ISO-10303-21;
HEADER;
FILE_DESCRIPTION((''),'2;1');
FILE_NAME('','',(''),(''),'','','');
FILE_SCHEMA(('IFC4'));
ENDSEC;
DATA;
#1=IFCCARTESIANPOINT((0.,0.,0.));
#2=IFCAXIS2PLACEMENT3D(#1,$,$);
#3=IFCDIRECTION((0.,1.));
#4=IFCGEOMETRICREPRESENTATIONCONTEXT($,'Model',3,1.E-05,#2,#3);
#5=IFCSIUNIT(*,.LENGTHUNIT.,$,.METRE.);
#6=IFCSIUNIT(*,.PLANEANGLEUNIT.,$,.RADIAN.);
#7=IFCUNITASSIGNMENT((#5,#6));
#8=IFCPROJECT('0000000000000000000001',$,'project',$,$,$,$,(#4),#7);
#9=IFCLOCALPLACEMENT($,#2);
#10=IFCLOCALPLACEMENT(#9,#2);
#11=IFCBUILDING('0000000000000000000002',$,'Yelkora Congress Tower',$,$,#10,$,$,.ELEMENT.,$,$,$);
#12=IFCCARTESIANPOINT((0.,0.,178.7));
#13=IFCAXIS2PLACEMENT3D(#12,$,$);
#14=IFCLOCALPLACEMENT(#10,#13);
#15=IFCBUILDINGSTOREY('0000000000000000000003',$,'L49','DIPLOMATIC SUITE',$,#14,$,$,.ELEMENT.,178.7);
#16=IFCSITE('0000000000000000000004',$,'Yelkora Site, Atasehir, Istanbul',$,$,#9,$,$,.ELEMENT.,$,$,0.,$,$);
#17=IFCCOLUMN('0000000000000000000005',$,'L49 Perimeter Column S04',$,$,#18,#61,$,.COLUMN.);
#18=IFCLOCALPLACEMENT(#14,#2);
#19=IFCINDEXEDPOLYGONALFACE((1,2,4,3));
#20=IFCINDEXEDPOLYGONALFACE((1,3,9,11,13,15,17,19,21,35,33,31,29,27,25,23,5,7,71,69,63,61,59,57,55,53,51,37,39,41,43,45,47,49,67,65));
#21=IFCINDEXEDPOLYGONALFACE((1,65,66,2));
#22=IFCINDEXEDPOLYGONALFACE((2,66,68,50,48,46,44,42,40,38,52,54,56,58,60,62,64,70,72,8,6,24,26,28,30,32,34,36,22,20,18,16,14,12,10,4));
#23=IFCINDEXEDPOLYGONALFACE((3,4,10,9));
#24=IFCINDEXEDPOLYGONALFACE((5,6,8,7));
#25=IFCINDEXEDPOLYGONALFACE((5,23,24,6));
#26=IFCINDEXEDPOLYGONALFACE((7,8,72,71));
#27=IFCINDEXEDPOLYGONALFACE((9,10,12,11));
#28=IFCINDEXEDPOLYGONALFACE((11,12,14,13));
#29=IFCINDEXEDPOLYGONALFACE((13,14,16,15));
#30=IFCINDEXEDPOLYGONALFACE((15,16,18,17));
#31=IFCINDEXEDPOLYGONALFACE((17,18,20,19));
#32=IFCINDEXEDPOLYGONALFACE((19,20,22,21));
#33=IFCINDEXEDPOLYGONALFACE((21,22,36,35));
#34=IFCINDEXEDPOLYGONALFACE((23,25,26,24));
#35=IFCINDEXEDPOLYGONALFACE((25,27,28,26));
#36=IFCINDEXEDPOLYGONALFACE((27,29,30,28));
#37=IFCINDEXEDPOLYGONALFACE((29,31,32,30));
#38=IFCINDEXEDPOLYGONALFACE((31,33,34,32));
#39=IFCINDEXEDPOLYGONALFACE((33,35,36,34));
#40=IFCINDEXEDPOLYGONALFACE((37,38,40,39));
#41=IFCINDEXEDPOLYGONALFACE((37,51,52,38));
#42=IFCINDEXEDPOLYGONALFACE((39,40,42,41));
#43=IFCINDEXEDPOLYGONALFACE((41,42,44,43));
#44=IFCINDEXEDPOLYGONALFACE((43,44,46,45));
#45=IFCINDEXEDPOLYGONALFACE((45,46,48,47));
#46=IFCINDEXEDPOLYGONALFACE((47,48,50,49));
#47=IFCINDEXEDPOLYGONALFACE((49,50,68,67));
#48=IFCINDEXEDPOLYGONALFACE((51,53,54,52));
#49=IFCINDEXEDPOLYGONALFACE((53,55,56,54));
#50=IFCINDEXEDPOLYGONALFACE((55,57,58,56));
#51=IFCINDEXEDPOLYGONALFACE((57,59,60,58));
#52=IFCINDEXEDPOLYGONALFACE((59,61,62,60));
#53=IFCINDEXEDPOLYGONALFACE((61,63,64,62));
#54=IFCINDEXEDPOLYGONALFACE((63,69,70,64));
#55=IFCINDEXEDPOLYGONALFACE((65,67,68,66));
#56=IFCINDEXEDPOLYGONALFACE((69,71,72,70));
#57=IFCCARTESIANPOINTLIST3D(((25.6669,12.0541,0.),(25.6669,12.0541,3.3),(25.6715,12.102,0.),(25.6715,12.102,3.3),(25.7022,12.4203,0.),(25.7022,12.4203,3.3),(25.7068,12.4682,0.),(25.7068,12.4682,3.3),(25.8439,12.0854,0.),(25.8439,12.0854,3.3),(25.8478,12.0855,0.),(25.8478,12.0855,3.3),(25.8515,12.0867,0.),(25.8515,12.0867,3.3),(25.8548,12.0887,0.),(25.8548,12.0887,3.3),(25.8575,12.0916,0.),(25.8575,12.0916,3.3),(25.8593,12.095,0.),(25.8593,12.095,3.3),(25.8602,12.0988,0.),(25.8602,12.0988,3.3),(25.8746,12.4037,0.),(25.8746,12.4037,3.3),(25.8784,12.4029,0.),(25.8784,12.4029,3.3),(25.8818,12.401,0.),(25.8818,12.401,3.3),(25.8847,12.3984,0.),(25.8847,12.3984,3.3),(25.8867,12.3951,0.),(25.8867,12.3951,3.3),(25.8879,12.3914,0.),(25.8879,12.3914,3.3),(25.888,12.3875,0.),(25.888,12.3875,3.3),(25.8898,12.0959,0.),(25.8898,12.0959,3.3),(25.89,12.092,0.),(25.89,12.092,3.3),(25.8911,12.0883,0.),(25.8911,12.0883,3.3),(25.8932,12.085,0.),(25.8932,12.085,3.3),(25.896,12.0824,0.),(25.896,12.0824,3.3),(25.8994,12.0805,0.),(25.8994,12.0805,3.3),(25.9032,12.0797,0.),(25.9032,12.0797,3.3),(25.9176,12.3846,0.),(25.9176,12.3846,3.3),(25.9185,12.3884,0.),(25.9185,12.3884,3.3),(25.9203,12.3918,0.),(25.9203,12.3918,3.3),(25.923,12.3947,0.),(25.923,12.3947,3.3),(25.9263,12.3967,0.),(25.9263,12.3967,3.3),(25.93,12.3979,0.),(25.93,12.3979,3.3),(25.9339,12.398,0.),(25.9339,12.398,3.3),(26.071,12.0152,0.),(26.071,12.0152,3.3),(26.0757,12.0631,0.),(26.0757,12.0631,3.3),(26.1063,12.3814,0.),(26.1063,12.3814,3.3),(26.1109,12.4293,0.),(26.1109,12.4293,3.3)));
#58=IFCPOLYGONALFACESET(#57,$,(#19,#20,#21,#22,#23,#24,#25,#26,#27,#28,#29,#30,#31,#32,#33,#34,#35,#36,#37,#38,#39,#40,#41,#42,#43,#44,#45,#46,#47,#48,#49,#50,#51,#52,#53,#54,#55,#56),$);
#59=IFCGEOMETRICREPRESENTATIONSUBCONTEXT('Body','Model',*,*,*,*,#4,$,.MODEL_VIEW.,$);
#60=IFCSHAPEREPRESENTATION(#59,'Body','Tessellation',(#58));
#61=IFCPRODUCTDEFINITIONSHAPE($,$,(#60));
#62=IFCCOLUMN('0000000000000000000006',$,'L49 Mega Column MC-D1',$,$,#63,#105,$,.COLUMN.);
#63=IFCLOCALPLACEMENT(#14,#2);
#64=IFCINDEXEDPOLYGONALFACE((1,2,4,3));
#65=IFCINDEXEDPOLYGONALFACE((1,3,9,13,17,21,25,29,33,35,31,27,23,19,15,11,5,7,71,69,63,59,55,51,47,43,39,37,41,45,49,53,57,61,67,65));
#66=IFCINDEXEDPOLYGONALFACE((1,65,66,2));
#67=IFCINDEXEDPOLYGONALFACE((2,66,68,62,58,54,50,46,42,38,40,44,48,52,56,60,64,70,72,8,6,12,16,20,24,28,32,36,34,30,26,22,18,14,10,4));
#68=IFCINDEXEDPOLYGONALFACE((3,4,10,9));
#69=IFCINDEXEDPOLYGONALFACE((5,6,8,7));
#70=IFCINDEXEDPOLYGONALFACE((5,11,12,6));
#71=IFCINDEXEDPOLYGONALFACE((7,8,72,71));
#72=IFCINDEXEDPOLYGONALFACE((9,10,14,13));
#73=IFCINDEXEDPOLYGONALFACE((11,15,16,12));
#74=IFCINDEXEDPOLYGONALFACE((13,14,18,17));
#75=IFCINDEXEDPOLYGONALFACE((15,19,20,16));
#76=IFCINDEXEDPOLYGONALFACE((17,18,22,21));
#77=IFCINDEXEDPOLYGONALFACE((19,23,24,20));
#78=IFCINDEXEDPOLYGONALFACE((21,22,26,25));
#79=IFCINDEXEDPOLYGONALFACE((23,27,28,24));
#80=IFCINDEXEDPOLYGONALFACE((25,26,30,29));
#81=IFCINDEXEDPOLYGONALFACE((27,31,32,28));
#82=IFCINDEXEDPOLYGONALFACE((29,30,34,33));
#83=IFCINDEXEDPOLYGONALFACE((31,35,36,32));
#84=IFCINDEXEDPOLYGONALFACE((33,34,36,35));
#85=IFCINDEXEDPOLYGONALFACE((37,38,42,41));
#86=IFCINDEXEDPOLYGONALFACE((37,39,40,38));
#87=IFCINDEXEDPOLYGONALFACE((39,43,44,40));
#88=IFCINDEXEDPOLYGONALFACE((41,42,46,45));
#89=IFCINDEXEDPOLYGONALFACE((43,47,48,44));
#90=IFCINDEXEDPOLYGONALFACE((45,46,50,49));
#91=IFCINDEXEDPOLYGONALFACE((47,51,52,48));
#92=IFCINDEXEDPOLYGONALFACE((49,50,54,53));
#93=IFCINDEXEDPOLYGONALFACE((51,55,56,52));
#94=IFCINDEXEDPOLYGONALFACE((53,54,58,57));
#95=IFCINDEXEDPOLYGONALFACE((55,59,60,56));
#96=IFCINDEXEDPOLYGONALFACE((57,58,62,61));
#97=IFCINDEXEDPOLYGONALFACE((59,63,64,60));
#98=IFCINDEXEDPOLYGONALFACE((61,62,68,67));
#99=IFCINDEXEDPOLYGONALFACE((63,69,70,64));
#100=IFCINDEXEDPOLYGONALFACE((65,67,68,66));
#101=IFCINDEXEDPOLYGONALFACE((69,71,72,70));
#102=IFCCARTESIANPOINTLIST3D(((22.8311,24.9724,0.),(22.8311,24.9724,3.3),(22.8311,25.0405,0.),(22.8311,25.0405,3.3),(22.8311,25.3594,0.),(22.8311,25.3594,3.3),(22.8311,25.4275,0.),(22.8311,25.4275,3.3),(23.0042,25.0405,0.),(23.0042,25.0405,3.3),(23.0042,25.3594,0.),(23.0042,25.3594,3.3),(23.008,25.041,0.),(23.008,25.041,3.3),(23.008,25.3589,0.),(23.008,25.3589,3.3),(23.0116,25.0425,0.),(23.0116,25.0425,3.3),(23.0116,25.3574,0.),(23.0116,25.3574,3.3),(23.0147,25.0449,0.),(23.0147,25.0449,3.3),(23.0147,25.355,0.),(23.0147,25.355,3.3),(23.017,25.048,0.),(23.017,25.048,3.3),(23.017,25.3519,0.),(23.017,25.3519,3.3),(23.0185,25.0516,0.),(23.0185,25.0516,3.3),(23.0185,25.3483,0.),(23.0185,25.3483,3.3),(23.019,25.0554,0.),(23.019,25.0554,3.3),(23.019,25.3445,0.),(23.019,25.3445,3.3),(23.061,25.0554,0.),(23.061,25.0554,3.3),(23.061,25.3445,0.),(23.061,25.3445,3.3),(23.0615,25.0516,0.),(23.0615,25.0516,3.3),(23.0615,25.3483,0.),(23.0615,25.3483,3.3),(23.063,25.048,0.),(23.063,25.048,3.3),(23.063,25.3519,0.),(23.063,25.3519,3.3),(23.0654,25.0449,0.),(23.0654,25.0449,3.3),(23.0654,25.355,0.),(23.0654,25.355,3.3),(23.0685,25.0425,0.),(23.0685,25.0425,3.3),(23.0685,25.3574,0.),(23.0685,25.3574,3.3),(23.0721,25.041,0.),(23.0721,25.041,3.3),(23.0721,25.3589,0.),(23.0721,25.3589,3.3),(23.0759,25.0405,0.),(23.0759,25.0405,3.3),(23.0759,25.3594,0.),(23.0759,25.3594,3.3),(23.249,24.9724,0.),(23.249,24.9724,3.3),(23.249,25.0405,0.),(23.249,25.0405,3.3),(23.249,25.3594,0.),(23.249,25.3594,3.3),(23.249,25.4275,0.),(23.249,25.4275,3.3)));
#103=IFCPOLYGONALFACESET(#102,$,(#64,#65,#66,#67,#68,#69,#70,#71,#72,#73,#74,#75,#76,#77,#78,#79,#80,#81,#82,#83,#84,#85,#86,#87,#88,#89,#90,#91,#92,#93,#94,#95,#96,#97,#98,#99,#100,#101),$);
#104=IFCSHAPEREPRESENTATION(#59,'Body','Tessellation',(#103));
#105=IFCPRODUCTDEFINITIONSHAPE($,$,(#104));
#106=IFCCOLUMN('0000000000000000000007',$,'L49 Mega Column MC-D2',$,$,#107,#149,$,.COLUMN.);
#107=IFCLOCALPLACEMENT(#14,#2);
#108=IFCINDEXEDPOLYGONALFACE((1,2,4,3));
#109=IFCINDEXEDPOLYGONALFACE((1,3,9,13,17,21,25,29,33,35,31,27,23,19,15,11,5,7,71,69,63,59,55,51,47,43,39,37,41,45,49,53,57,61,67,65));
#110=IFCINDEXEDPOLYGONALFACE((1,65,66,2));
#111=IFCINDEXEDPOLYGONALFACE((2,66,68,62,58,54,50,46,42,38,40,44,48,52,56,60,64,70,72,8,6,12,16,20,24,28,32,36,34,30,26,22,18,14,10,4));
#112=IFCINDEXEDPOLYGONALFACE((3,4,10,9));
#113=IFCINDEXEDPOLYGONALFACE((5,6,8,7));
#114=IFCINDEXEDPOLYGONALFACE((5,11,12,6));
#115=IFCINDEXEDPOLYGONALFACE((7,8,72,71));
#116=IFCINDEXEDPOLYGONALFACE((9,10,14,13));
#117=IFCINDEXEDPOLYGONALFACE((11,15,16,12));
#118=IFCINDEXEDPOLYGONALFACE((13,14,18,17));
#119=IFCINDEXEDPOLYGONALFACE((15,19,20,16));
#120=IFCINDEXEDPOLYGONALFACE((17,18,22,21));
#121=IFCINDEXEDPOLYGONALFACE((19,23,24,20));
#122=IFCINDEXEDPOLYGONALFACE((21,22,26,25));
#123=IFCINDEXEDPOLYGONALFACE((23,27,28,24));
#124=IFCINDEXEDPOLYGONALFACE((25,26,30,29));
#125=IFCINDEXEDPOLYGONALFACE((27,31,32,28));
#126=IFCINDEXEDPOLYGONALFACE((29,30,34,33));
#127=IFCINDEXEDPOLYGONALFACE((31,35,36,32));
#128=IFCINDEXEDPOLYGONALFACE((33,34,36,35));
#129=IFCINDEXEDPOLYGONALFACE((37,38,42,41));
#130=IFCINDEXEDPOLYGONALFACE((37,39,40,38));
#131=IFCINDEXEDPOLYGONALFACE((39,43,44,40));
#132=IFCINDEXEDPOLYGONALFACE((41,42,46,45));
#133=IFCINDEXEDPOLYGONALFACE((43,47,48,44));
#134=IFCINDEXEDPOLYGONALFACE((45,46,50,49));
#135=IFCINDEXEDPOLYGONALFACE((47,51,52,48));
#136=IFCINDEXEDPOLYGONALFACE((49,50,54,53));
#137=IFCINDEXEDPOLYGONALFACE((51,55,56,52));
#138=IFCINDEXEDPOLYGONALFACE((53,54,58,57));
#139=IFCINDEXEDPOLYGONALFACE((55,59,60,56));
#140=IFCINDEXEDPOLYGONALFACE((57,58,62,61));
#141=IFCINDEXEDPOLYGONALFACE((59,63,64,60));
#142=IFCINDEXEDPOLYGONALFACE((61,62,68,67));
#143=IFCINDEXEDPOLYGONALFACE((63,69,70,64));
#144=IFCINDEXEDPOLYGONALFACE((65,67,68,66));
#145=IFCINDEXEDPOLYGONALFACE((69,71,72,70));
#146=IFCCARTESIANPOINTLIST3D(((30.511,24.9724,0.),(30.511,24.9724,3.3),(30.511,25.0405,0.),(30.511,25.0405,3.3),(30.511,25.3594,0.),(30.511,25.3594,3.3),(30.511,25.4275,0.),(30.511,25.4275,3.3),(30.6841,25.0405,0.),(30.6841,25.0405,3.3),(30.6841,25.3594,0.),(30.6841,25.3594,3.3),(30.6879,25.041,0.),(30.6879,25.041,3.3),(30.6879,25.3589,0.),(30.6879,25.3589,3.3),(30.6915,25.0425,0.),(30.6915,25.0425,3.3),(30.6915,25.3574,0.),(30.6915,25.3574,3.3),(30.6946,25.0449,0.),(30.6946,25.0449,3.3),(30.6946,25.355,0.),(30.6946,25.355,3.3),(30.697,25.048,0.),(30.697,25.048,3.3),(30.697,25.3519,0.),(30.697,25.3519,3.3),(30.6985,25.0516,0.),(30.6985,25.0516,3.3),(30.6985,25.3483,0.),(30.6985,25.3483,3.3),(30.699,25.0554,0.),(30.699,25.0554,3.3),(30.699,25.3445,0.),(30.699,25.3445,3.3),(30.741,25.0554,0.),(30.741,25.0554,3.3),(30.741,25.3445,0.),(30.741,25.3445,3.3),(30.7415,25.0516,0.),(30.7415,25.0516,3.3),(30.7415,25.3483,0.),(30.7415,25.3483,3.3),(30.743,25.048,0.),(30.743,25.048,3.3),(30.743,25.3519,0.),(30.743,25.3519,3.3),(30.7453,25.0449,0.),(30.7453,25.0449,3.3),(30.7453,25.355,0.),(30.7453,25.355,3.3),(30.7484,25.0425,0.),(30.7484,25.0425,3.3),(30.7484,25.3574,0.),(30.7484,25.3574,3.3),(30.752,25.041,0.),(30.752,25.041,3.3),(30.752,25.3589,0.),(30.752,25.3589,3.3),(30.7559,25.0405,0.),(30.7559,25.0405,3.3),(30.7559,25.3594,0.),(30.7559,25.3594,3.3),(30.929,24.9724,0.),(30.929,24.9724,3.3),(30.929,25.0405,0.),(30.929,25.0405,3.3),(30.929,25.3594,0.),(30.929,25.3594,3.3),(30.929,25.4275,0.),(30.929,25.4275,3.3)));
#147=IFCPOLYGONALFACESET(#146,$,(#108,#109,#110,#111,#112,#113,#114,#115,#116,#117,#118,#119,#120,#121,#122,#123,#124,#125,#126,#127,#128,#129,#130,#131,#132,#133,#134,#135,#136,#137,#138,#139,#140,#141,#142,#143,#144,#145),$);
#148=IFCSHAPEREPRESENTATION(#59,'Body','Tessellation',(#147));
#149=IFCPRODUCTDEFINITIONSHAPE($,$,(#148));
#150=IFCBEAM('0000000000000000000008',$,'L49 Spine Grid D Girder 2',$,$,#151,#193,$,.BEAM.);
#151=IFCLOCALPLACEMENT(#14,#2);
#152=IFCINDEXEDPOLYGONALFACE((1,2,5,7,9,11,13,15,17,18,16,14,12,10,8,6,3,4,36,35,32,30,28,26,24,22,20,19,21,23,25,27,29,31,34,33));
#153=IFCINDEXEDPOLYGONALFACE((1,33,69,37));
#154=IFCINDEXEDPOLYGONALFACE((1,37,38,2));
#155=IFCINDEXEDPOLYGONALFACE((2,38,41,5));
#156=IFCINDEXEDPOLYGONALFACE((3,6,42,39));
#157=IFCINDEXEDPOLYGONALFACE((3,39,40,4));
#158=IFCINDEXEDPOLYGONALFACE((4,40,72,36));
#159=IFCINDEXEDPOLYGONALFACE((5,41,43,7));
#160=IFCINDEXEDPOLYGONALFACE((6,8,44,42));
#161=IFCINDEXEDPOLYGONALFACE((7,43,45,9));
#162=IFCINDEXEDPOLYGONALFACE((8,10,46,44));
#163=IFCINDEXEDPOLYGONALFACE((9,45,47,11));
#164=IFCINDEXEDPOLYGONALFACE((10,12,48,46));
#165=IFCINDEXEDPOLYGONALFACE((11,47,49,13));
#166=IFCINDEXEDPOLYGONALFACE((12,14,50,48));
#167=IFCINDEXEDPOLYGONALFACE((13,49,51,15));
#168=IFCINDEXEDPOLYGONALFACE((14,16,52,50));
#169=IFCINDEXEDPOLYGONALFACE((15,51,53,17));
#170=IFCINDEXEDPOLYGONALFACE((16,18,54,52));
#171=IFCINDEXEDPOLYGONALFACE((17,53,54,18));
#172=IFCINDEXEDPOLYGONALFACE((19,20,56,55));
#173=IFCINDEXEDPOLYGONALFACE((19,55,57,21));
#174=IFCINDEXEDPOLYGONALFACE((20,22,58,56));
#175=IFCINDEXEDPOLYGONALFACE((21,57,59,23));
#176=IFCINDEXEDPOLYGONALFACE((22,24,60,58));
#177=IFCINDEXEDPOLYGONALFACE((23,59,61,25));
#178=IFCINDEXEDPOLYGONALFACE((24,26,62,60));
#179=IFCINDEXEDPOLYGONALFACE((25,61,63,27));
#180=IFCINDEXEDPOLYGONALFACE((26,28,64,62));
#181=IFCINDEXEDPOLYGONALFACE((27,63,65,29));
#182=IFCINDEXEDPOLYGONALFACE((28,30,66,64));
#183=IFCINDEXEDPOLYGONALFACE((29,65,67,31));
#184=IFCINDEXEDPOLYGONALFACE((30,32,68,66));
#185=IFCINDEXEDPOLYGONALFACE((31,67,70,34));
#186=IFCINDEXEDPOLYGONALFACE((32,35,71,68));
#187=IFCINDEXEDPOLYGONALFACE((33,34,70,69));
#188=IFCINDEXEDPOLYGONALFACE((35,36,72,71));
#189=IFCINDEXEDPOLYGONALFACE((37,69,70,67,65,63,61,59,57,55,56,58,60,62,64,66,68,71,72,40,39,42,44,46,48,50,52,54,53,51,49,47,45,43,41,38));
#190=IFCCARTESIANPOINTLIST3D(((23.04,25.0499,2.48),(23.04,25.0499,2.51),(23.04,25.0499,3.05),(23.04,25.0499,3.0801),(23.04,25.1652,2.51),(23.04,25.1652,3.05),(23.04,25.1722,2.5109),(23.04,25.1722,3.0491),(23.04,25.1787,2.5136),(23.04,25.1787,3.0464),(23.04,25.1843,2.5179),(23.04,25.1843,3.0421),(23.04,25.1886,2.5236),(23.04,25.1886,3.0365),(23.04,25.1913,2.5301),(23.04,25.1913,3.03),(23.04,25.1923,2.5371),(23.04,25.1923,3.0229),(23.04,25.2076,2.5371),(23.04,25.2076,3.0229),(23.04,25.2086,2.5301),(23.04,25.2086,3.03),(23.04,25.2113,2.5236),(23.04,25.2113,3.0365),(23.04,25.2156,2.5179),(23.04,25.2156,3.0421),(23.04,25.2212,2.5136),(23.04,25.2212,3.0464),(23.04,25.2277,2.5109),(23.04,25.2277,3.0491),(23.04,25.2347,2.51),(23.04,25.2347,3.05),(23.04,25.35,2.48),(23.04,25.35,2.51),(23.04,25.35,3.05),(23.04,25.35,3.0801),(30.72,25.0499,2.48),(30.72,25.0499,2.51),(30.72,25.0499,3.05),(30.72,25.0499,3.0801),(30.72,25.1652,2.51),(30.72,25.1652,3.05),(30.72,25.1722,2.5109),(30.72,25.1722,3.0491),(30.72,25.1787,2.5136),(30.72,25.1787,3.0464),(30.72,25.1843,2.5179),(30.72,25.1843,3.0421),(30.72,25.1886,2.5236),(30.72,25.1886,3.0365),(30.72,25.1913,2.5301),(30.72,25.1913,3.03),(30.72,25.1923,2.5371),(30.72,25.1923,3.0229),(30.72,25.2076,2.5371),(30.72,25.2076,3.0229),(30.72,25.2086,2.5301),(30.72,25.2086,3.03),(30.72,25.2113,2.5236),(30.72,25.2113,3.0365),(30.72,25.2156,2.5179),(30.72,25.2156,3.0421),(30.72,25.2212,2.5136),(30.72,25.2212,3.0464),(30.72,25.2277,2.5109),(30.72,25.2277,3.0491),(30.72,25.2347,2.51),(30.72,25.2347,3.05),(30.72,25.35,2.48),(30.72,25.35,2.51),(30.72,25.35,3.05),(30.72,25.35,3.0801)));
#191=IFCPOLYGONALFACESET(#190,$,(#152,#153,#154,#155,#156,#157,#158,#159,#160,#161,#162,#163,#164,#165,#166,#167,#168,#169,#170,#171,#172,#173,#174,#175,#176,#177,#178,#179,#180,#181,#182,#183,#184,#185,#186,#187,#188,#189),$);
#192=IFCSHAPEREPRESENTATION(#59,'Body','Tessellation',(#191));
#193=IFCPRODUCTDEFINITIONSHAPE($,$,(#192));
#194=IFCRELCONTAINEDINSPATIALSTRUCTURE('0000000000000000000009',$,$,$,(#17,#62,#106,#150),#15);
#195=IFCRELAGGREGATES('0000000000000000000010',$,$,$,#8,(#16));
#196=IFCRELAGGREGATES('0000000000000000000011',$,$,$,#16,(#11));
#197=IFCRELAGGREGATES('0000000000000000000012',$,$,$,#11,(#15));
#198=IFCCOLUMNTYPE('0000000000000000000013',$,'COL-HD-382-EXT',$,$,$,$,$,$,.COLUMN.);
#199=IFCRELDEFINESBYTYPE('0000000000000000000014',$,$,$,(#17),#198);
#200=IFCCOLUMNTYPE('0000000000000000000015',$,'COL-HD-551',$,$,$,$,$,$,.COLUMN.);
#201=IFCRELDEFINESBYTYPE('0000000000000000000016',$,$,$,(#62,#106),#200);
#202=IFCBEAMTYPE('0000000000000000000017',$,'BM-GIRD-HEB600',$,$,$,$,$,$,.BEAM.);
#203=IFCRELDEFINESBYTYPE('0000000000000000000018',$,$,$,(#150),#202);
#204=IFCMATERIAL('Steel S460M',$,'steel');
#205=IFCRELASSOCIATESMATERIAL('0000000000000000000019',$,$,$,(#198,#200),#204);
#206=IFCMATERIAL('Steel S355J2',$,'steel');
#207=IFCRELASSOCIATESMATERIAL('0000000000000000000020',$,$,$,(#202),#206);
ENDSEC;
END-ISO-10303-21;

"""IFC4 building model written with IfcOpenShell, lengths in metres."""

from ifc_helpers import new_model, si_unit, direction, frame, origin, origin_2d, place, context, subcontext, project, spatial, i_section, extrude, material, material_profile, profile_set, type_object, element, save


model = new_model("IFC4")

# Units and contexts
model_context = context("Model", 3, precision=1e-05, world=origin(), true_north=direction((0.0, 1.0)))
body_context = subcontext(model_context, "Body", "Model", "MODEL_VIEW")
ifc_project = project(units=[si_unit("LENGTHUNIT", "METRE"), si_unit("PLANEANGLEUNIT", "RADIAN")], contexts=[model_context])

# Site, building, storey
site_placement = place(None, origin())
site = spatial("IfcSite", under=ifc_project, at=site_placement, Name="Yelkora Site, Atasehir, Istanbul", CompositionType="ELEMENT", RefElevation=0.0)
building_placement = place(site_placement, origin())
building = spatial("IfcBuilding", under=site, at=building_placement, Name="Yelkora Congress Tower", CompositionType="ELEMENT")
storey_placement = place(building_placement, frame((0.0, 0.0, 178.7)))
storey = spatial("IfcBuildingStorey", under=building, at=storey_placement, Name="L49", Description="DIPLOMATIC SUITE", CompositionType="ELEMENT", Elevation=178.7)

# Columns
ifc_material_1 = material(Name="Steel S460M", Category="steel")
ifc_material_profile_1 = material_profile(ifc_material_1, i_section(OverallWidth=0.406, OverallDepth=0.416, WebThickness=0.0298, FlangeThickness=0.0481, FilletRadius=0.0149, at=origin_2d()), Name="HD 400x382")
ifc_profile_set_1 = profile_set([ifc_material_profile_1], Name="Steel S460M")
column_type_1 = type_object("IfcColumnType", Name="COL-HD-382-EXT", PredefinedType="COLUMN", material=ifc_profile_set_1)
column_placement = place(storey_placement, frame((25.8889, 12.2417, 0.0), z_axis=(0.0, 0.0, 1.0), x_axis=(0.995396, -0.095846, 0.0)))
element("IfcColumn", 1, at=column_placement, inside=storey, type_object=column_type_1, Name="L49 Perimeter Column S04", PredefinedType="COLUMN", context=body_context, shape_type="SweptSolid", body=[
    extrude(i_section(OverallWidth=0.406, OverallDepth=0.416, WebThickness=0.0298, FlangeThickness=0.0481, FilletRadius=0.0149, at=origin_2d()), origin(), (0.0, 0.0, 1.0), 3.3),
])
ifc_material_profile_2 = material_profile(ifc_material_1, i_section(OverallWidth=0.418, OverallDepth=0.4551, WebThickness=0.042, FlangeThickness=0.0681, FilletRadius=0.0149, at=origin_2d()), Name="HD 400x551")
ifc_profile_set_2 = profile_set([ifc_material_profile_2], Name="Steel S460M")
column_type_2 = type_object("IfcColumnType", Name="COL-HD-551", PredefinedType="COLUMN", material=ifc_profile_set_2)
for number, where, z_axis, x_axis, name in (
    (2, (23.04, 25.2, 0.0), (0.0, 0.0, 1.0), (1.0, 0.0, 0.0), "L49 Mega Column MC-D1"),
    (3, (30.72, 25.2, 0.0), (0.0, 0.0, 1.0), (1.0, 0.0, 0.0), "L49 Mega Column MC-D2"),
):
    element("IfcColumn", number, at=place(storey_placement, frame(where, z_axis=z_axis, x_axis=x_axis)), inside=storey, type_object=column_type_2, Name=name, PredefinedType="COLUMN", context=body_context, shape_type="SweptSolid", body=[
        extrude(i_section(OverallWidth=0.418, OverallDepth=0.4551, WebThickness=0.042, FlangeThickness=0.0681, FilletRadius=0.0149, at=origin_2d()), origin(), (0.0, 0.0, 1.0), 3.3),
    ])

# Beam
ifc_material_2 = material(Name="Steel S355J2", Category="steel")
ifc_material_profile_3 = material_profile(ifc_material_2, i_section(OverallWidth=0.3, OverallDepth=0.6001, WebThickness=0.0154, FlangeThickness=0.03, FilletRadius=0.0271, at=origin_2d()), Name="HEB 600")
ifc_profile_set_3 = profile_set([ifc_material_profile_3], Name="Steel S355J2")
beam_type_1 = type_object("IfcBeamType", Name="BM-GIRD-HEB600", PredefinedType="BEAM", material=ifc_profile_set_3)
for number, where, z_axis, x_axis, name in (
    (4, (23.04, 25.2, 2.78), (1.0, 0.0, 0.0), (0.0, 1.0, 0.0), "L49 Spine Grid D Girder 2"),
):
    element("IfcBeam", number, at=place(storey_placement, frame(where, z_axis=z_axis, x_axis=x_axis)), inside=storey, type_object=beam_type_1, Name=name, PredefinedType="BEAM", context=body_context, shape_type="SweptSolid", body=[
        extrude(i_section(OverallWidth=0.3, OverallDepth=0.6001, WebThickness=0.0154, FlangeThickness=0.03, FilletRadius=0.0271, at=origin_2d()), origin(), (0.0, 0.0, 1.0), 7.6799),
    ])

save(model, "model.ifc")
